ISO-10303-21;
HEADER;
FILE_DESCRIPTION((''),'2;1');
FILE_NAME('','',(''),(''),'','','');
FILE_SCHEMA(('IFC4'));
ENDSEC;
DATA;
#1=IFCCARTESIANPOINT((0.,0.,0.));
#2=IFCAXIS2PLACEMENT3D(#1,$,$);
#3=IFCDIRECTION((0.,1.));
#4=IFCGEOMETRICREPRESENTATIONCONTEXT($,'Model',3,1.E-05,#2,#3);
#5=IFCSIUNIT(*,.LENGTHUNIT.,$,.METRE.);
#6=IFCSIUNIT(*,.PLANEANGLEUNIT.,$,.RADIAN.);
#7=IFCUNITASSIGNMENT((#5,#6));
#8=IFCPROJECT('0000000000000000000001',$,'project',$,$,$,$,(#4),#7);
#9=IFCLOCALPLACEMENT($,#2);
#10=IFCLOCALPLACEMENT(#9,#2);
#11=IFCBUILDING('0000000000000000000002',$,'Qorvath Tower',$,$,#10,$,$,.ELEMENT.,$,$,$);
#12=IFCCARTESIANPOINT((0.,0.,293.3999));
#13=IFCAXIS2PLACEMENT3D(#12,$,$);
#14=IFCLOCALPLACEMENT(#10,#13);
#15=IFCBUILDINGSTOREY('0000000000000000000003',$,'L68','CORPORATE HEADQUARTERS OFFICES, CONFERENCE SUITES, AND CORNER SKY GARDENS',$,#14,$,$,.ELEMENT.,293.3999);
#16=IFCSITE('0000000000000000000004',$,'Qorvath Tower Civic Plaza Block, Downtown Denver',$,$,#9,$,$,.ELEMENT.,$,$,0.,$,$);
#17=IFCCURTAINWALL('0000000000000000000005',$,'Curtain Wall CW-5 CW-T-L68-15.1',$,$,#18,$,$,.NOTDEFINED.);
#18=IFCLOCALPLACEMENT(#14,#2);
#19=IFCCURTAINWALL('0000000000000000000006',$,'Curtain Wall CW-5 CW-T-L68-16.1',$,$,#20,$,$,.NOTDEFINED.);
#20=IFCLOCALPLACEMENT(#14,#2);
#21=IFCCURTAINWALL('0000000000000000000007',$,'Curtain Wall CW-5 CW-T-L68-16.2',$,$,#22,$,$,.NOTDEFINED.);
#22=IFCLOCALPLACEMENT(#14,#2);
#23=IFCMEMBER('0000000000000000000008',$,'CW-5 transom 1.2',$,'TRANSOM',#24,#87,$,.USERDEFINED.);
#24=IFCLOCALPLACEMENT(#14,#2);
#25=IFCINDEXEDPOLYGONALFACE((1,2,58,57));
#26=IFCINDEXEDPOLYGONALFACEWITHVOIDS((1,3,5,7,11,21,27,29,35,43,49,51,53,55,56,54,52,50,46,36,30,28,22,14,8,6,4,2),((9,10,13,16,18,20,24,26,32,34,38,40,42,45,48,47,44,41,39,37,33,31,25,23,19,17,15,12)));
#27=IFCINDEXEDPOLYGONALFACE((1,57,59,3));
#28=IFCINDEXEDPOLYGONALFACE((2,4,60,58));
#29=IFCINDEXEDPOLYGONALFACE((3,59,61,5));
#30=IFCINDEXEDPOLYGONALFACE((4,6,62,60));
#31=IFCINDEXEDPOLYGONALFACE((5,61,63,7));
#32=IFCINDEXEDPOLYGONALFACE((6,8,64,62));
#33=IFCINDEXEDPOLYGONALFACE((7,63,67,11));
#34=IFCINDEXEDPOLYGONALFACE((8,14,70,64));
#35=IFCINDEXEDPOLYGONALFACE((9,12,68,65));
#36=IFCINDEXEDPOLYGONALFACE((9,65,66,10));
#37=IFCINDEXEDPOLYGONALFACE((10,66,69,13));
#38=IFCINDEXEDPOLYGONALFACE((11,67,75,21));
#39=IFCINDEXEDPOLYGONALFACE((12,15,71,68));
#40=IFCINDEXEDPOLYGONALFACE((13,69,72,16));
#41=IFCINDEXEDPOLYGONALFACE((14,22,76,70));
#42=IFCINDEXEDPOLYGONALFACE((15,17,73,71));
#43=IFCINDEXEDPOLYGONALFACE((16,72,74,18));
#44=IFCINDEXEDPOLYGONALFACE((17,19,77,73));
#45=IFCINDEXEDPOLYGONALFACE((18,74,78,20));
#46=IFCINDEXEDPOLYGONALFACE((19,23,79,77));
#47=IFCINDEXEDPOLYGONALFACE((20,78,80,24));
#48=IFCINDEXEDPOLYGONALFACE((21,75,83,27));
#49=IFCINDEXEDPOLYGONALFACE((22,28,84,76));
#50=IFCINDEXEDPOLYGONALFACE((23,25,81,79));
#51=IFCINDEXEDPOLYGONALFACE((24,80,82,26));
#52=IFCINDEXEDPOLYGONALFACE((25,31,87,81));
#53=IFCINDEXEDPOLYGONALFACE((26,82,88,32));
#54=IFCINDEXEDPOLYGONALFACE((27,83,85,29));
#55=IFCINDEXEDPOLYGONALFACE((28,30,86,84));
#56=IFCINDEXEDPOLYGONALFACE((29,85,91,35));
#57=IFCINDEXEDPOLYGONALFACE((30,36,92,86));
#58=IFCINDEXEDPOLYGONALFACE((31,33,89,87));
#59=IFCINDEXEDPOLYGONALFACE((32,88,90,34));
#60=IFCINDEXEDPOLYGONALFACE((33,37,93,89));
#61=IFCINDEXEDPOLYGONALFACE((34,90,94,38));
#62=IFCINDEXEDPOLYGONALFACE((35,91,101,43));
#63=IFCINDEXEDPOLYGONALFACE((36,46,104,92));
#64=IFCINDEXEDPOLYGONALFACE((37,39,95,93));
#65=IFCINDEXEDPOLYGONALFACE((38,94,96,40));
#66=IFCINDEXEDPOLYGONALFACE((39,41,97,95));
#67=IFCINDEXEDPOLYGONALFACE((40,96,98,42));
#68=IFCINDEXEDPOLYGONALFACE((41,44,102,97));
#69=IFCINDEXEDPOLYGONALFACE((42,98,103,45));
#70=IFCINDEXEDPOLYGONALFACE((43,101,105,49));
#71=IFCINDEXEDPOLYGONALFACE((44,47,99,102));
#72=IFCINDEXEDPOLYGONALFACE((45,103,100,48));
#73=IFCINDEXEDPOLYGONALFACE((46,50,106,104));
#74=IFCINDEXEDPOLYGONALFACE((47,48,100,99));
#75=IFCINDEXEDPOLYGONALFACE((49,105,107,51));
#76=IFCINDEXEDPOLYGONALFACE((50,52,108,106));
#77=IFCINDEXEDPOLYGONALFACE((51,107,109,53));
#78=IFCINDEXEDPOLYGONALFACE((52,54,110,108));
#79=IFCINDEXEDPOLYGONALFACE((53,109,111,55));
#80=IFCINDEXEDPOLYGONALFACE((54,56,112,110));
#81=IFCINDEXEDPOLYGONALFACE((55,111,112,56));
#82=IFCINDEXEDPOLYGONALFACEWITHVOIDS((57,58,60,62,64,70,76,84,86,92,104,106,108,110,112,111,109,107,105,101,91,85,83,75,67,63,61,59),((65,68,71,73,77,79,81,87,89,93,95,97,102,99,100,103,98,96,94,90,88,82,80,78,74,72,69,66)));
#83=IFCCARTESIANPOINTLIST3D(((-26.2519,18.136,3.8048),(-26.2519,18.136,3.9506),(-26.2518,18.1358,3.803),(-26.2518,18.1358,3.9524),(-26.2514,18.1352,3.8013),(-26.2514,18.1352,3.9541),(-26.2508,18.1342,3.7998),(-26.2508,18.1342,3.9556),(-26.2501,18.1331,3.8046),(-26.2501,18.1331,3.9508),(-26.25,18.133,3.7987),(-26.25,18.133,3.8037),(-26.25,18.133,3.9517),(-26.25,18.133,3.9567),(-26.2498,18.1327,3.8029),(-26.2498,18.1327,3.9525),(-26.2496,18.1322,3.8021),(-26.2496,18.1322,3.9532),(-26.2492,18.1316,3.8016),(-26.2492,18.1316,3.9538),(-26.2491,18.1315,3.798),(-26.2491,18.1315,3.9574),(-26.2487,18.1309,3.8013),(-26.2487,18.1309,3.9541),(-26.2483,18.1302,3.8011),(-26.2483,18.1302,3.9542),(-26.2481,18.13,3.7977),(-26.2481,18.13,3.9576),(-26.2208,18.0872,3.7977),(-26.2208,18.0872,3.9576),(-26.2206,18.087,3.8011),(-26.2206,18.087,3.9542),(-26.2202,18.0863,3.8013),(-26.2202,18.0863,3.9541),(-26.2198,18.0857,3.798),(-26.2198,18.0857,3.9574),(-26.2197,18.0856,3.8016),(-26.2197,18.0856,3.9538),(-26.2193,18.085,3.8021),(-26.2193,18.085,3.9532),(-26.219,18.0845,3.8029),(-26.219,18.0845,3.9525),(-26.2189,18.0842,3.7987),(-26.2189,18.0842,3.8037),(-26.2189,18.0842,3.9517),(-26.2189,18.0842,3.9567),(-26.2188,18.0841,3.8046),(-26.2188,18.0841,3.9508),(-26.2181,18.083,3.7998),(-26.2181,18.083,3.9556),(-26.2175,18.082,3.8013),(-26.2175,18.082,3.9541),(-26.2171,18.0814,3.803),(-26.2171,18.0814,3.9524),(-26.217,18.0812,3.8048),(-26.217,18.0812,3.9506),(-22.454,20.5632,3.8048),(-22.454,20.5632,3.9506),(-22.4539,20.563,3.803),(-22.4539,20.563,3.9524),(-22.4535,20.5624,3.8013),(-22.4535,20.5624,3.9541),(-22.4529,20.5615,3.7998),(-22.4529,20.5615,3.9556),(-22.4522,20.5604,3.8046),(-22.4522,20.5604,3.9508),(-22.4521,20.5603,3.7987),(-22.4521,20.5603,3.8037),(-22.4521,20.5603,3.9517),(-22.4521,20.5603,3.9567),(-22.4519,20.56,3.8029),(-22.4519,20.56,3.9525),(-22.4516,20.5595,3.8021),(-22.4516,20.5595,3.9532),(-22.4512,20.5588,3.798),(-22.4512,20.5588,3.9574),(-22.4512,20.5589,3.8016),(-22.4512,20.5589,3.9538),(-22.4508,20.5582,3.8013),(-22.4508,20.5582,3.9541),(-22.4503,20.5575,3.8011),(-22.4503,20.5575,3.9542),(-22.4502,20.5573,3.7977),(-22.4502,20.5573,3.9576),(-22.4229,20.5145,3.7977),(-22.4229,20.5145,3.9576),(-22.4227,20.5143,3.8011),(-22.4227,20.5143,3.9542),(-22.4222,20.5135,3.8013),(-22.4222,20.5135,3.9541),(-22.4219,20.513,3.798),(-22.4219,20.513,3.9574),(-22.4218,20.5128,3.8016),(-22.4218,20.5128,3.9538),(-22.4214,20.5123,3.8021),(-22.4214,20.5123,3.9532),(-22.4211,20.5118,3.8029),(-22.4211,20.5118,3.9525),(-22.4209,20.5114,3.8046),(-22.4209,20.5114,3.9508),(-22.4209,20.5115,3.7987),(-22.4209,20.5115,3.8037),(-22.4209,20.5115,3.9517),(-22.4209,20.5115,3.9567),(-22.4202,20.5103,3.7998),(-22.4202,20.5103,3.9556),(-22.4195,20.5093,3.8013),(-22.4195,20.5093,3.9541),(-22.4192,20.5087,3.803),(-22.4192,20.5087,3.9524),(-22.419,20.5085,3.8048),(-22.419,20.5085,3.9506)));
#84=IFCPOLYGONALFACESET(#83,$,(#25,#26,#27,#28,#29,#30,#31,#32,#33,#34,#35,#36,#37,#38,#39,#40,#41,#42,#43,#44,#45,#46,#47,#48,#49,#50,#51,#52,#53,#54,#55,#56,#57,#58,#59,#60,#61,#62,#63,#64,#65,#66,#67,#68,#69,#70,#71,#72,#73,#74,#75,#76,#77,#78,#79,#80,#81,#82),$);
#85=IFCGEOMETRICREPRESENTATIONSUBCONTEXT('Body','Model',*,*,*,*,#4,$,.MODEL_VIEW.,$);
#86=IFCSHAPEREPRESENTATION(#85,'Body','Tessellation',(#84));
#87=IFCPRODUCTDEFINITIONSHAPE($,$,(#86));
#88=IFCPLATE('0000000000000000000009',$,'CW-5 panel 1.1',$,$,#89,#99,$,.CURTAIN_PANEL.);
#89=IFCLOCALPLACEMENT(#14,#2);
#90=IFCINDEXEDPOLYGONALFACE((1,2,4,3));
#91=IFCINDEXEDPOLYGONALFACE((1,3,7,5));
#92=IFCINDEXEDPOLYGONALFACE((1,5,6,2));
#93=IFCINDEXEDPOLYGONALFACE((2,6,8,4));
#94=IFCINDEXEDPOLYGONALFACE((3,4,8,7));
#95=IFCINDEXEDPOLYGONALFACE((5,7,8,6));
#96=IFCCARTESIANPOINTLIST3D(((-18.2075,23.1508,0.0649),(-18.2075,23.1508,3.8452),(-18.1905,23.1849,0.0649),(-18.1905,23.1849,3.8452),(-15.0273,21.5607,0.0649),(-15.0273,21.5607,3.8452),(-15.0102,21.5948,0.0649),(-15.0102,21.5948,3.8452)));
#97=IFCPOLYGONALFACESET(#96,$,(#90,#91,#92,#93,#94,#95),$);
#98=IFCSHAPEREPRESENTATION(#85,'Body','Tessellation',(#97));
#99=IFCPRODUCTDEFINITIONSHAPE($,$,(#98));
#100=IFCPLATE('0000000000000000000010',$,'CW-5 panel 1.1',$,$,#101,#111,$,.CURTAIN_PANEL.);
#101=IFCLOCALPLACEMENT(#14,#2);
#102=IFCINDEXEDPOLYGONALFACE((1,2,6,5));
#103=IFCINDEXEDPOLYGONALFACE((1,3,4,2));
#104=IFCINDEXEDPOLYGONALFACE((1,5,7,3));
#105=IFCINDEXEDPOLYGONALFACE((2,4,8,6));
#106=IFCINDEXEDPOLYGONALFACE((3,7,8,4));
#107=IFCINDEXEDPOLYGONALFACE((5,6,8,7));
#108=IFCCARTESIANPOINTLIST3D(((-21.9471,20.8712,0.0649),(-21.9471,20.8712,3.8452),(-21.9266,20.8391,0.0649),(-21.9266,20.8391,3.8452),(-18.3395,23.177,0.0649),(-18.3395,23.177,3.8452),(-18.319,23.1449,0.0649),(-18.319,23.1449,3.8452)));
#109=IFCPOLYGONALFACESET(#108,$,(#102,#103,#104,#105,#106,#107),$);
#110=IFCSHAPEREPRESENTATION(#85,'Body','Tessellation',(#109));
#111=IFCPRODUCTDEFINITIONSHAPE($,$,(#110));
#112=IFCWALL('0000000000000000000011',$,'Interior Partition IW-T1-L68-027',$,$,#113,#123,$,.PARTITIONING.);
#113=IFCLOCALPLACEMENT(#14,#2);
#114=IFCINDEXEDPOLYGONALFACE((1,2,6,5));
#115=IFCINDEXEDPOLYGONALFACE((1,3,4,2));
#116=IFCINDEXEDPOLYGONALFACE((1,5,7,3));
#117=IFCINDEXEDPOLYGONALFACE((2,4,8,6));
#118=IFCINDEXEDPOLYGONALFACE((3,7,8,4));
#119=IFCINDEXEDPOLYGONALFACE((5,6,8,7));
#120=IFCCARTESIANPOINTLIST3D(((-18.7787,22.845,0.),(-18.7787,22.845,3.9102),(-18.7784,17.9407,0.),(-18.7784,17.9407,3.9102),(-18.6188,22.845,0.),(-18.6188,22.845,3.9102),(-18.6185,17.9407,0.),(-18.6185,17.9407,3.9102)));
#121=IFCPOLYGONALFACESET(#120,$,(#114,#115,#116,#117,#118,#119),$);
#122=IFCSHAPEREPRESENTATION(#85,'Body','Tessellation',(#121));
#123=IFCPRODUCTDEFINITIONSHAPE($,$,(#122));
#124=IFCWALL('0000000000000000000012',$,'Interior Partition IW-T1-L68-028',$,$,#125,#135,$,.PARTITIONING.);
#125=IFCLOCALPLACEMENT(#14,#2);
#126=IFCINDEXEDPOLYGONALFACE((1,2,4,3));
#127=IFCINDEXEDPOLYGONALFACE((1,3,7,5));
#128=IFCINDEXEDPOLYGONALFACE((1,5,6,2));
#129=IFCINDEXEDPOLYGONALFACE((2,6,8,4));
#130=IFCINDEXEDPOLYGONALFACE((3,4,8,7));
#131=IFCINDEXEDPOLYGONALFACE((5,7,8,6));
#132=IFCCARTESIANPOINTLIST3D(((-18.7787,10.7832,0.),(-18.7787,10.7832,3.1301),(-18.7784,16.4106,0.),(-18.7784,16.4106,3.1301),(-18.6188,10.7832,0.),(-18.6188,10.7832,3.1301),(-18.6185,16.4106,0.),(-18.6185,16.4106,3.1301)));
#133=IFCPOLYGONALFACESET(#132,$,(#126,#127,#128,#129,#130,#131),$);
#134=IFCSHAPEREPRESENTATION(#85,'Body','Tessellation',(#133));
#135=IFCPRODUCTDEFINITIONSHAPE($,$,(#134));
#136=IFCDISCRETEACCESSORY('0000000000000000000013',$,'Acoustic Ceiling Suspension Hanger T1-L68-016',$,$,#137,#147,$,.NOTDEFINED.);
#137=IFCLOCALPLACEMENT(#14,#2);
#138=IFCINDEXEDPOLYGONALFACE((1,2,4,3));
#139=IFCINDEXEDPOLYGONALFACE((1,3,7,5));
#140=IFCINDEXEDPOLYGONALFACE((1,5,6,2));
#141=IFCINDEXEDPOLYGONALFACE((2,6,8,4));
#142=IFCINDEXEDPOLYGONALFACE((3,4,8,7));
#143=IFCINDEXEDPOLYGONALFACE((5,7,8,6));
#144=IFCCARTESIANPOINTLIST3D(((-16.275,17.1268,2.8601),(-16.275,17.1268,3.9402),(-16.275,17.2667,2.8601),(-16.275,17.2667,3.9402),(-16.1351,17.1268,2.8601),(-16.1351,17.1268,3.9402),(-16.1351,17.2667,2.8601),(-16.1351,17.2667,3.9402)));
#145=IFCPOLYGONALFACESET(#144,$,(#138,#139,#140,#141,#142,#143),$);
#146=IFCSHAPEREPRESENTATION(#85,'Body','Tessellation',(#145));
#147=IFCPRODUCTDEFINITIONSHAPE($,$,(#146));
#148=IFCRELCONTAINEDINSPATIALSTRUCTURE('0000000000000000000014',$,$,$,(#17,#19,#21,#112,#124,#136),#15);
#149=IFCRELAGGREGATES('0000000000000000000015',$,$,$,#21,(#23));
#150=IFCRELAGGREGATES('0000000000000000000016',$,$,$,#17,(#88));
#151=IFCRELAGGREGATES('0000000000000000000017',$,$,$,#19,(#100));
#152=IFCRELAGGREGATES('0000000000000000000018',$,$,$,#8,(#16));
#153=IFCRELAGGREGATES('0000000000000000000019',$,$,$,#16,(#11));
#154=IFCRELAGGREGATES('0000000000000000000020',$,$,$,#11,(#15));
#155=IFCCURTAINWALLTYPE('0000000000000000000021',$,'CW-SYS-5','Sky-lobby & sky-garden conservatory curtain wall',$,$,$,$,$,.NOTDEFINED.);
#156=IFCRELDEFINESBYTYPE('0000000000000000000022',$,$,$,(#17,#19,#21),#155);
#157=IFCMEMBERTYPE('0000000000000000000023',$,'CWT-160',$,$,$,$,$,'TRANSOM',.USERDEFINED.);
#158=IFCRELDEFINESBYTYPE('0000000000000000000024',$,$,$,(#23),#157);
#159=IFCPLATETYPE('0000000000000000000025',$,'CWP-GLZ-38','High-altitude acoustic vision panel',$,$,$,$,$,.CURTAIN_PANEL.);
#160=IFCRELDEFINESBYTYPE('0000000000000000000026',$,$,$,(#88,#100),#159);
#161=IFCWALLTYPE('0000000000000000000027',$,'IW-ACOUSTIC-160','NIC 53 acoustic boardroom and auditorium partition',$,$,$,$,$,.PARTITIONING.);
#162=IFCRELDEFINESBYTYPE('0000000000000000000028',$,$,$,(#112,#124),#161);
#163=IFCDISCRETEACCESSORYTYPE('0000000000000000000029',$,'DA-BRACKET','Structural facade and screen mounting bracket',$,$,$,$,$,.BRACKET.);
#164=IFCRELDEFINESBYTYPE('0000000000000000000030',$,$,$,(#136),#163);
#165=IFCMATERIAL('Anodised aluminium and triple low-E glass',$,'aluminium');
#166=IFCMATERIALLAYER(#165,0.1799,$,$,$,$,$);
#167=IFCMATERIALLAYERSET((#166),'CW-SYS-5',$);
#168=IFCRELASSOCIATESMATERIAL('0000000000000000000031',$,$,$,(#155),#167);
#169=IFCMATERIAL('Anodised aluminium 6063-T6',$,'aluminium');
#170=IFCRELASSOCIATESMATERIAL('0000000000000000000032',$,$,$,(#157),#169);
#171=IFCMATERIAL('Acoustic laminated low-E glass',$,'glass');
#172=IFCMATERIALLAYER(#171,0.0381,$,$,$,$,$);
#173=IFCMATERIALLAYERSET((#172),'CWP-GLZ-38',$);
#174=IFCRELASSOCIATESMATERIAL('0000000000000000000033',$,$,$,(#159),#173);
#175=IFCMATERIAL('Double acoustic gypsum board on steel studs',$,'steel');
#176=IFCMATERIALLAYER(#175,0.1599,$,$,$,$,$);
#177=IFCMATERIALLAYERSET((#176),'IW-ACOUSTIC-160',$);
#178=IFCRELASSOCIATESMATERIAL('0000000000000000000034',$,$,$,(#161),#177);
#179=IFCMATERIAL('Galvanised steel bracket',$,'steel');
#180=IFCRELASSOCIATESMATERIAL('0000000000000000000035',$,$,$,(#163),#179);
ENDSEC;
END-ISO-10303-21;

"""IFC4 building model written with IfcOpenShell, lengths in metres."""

from ifc_helpers import new_model, si_unit, direction, frame, frame_2d, origin, origin_2d, place, context, subcontext, project, spatial, rectangle, hollow_rectangle, extrude, material, layer, layer_set, material_profile, profile_set, type_object, element, aggregate, save


model = new_model("IFC4")

# Units and contexts
model_context = context("Model", 3, precision=1e-05, world=origin(), true_north=direction((0.0, 1.0)))
body_context = subcontext(model_context, "Body", "Model", "MODEL_VIEW")
ifc_project = project(units=[si_unit("LENGTHUNIT", "METRE"), si_unit("PLANEANGLEUNIT", "RADIAN")], contexts=[model_context])

# Site, building, storey
site_placement = place(None, origin())
site = spatial("IfcSite", under=ifc_project, at=site_placement, Name="Qorvath Tower Civic Plaza Block, Downtown Denver", CompositionType="ELEMENT", RefElevation=0.0)
building_placement = place(site_placement, origin())
building = spatial("IfcBuilding", under=site, at=building_placement, Name="Qorvath Tower", CompositionType="ELEMENT")
storey_placement = place(building_placement, frame((0.0, 0.0, 293.3999)))
storey = spatial("IfcBuildingStorey", under=building, at=storey_placement, Name="L68", Description="CORPORATE HEADQUARTERS OFFICES, CONFERENCE SUITES, AND CORNER SKY GARDENS", CompositionType="ELEMENT", Elevation=293.3999)

# Curtain wall
ifc_material_1 = material(Name="Anodised aluminium and triple low-E glass", Category="aluminium")
ifc_layer_1 = layer(ifc_material_1, 0.1799)
ifc_layer_set_1 = layer_set([ifc_layer_1], Name="CW-SYS-5")
curtain_wall_type = type_object("IfcCurtainWallType", Name="CW-SYS-5", Description="Sky-lobby & sky-garden conservatory curtain wall", PredefinedType="NOTDEFINED", material=ifc_layer_set_1)
curtain_wall_1_placement = place(storey_placement, origin())
curtain_wall_1 = element("IfcCurtainWall", 1, at=curtain_wall_1_placement, inside=storey, type_object=curtain_wall_type, Name="Curtain Wall CW-5 CW-T-L68-15.1", PredefinedType="NOTDEFINED")

# Curtain wall
curtain_wall_2_placement = place(storey_placement, origin())
curtain_wall_2 = element("IfcCurtainWall", 2, at=curtain_wall_2_placement, inside=storey, type_object=curtain_wall_type, Name="Curtain Wall CW-5 CW-T-L68-16.1", PredefinedType="NOTDEFINED")

# Curtain wall
curtain_wall_3_placement = place(storey_placement, origin())
curtain_wall_3 = element("IfcCurtainWall", 3, at=curtain_wall_3_placement, inside=storey, type_object=curtain_wall_type, Name="Curtain Wall CW-5 CW-T-L68-16.2", PredefinedType="NOTDEFINED")

# Member
ifc_material_2 = material(Name="Anodised aluminium 6063-T6", Category="aluminium")
ifc_material_profile_1 = material_profile(ifc_material_2, hollow_rectangle(XDim=0.0649, YDim=0.1599, WallThickness=0.0034, InnerFilletRadius=0.0034, OuterFilletRadius=0.0071, at=origin_2d()), Name="CWT 160x65")
ifc_profile_set_1 = profile_set([ifc_material_profile_1], Name="Anodised aluminium 6063-T6")
member_type_1 = type_object("IfcMemberType", Name="CWT-160", ElementType="TRANSOM", PredefinedType="USERDEFINED", material=ifc_profile_set_1)
member_1_placement = place(storey_placement, frame((-22.4365, 20.5359, 3.8777), z_axis=(-0.842612, -0.538522, 0.0), x_axis=(0.538522, -0.842612, 0.0)))
member_1 = element("IfcMember", 4, at=member_1_placement, type_object=member_type_1, Name="CW-5 transom 1.2", ObjectType="TRANSOM", PredefinedType="USERDEFINED", context=body_context, shape_type="SweptSolid", body=[
    extrude(hollow_rectangle(XDim=0.0649, YDim=0.1599, WallThickness=0.0034, InnerFilletRadius=0.0034, OuterFilletRadius=0.0071, at=origin_2d()), origin(), (0.0, 0.0, 1.0), 4.5073),
])
aggregate(curtain_wall_3, [member_1])

# Plates
ifc_material_3 = material(Name="Acoustic laminated low-E glass", Category="glass")
ifc_layer_2 = layer(ifc_material_3, 0.0381)
ifc_layer_set_2 = layer_set([ifc_layer_2], Name="CWP-GLZ-38")
plate_type = type_object("IfcPlateType", Name="CWP-GLZ-38", Description="High-altitude acoustic vision panel", PredefinedType="CURTAIN_PANEL", material=ifc_layer_set_2)
plate_1_placement = place(storey_placement, frame((-16.6089, 22.3728, 0.0649), z_axis=(0.0, 0.0, 1.0), x_axis=(-0.894427, 0.447214, 0.0)))
plate_1 = element("IfcPlate", 5, at=plate_1_placement, type_object=plate_type, Name="CW-5 panel 1.1", PredefinedType="CURTAIN_PANEL", context=body_context, shape_type="SweptSolid", body=[
    extrude(rectangle(XDim=3.5557, YDim=0.0381, at=origin_2d()), origin(), (0.0, 0.0, 1.0), 3.7803),
])
aggregate(curtain_wall_1, [plate_1])
plate_2_placement = place(storey_placement, frame((-20.1331, 22.0081, 0.0649), z_axis=(0.0, 0.0, 1.0), x_axis=(-0.842599, -0.538542, 0.0)))
plate_2 = element("IfcPlate", 6, at=plate_2_placement, type_object=plate_type, Name="CW-5 panel 1.1", PredefinedType="CURTAIN_PANEL", context=body_context, shape_type="SweptSolid", body=[
    extrude(rectangle(XDim=4.2815, YDim=0.0381, at=origin_2d()), origin(), (0.0, 0.0, 1.0), 3.7803),
])
aggregate(curtain_wall_2, [plate_2])

# Walls
ifc_material_4 = material(Name="Double acoustic gypsum board on steel studs", Category="steel")
ifc_layer_3 = layer(ifc_material_4, 0.1599)
ifc_layer_set_3 = layer_set([ifc_layer_3], Name="IW-ACOUSTIC-160")
wall_type = type_object("IfcWallType", Name="IW-ACOUSTIC-160", Description="NIC 53 acoustic boardroom and auditorium partition", PredefinedType="PARTITIONING", material=ifc_layer_set_3)
wall_1_placement = place(storey_placement, frame((-18.6987, 22.845, 0.0), z_axis=(0.0, 0.0, 1.0), x_axis=(0.00005, -1.0, 0.0)))
element("IfcWall", 7, at=wall_1_placement, inside=storey, type_object=wall_type, Name="Interior Partition IW-T1-L68-027", PredefinedType="PARTITIONING", context=body_context, shape_type="SweptSolid", body=[
    extrude(rectangle(XDim=4.9043, YDim=0.1599, at=frame_2d((2.4521, 0.0))), origin(), (0.0, 0.0, 1.0), 3.9102),
])
wall_2_placement = place(storey_placement, frame((-18.6985, 16.4106, 0.0), z_axis=(0.0, 0.0, 1.0), x_axis=(-0.000043, -1.0, 0.0)))
element("IfcWall", 8, at=wall_2_placement, inside=storey, type_object=wall_type, Name="Interior Partition IW-T1-L68-028", PredefinedType="PARTITIONING", context=body_context, shape_type="SweptSolid", body=[
    extrude(rectangle(XDim=5.6274, YDim=0.1599, at=frame_2d((2.8137, 0.0))), origin(), (0.0, 0.0, 1.0), 3.1301),
])

# Discrete accessory
ifc_material_5 = material(Name="Galvanised steel bracket", Category="steel")
discrete_accessory_type = type_object("IfcDiscreteAccessoryType", Name="DA-BRACKET", Description="Structural facade and screen mounting bracket", PredefinedType="BRACKET", material=ifc_material_5)
discrete_accessory_placement = place(storey_placement, frame((-16.2051, 17.1968, 2.8601), z_axis=(0.0, 0.0, 1.0), x_axis=(1.0, 0.0, 0.0)))
element("IfcDiscreteAccessory", 9, at=discrete_accessory_placement, inside=storey, type_object=discrete_accessory_type, Name="Acoustic Ceiling Suspension Hanger T1-L68-016", PredefinedType="NOTDEFINED", context=body_context, shape_type="SweptSolid", body=[
    extrude(rectangle(XDim=0.1399, YDim=0.1399, at=origin_2d()), origin(), (0.0, 0.0, 1.0), 1.0801),
])

save(model, "model.ifc")
